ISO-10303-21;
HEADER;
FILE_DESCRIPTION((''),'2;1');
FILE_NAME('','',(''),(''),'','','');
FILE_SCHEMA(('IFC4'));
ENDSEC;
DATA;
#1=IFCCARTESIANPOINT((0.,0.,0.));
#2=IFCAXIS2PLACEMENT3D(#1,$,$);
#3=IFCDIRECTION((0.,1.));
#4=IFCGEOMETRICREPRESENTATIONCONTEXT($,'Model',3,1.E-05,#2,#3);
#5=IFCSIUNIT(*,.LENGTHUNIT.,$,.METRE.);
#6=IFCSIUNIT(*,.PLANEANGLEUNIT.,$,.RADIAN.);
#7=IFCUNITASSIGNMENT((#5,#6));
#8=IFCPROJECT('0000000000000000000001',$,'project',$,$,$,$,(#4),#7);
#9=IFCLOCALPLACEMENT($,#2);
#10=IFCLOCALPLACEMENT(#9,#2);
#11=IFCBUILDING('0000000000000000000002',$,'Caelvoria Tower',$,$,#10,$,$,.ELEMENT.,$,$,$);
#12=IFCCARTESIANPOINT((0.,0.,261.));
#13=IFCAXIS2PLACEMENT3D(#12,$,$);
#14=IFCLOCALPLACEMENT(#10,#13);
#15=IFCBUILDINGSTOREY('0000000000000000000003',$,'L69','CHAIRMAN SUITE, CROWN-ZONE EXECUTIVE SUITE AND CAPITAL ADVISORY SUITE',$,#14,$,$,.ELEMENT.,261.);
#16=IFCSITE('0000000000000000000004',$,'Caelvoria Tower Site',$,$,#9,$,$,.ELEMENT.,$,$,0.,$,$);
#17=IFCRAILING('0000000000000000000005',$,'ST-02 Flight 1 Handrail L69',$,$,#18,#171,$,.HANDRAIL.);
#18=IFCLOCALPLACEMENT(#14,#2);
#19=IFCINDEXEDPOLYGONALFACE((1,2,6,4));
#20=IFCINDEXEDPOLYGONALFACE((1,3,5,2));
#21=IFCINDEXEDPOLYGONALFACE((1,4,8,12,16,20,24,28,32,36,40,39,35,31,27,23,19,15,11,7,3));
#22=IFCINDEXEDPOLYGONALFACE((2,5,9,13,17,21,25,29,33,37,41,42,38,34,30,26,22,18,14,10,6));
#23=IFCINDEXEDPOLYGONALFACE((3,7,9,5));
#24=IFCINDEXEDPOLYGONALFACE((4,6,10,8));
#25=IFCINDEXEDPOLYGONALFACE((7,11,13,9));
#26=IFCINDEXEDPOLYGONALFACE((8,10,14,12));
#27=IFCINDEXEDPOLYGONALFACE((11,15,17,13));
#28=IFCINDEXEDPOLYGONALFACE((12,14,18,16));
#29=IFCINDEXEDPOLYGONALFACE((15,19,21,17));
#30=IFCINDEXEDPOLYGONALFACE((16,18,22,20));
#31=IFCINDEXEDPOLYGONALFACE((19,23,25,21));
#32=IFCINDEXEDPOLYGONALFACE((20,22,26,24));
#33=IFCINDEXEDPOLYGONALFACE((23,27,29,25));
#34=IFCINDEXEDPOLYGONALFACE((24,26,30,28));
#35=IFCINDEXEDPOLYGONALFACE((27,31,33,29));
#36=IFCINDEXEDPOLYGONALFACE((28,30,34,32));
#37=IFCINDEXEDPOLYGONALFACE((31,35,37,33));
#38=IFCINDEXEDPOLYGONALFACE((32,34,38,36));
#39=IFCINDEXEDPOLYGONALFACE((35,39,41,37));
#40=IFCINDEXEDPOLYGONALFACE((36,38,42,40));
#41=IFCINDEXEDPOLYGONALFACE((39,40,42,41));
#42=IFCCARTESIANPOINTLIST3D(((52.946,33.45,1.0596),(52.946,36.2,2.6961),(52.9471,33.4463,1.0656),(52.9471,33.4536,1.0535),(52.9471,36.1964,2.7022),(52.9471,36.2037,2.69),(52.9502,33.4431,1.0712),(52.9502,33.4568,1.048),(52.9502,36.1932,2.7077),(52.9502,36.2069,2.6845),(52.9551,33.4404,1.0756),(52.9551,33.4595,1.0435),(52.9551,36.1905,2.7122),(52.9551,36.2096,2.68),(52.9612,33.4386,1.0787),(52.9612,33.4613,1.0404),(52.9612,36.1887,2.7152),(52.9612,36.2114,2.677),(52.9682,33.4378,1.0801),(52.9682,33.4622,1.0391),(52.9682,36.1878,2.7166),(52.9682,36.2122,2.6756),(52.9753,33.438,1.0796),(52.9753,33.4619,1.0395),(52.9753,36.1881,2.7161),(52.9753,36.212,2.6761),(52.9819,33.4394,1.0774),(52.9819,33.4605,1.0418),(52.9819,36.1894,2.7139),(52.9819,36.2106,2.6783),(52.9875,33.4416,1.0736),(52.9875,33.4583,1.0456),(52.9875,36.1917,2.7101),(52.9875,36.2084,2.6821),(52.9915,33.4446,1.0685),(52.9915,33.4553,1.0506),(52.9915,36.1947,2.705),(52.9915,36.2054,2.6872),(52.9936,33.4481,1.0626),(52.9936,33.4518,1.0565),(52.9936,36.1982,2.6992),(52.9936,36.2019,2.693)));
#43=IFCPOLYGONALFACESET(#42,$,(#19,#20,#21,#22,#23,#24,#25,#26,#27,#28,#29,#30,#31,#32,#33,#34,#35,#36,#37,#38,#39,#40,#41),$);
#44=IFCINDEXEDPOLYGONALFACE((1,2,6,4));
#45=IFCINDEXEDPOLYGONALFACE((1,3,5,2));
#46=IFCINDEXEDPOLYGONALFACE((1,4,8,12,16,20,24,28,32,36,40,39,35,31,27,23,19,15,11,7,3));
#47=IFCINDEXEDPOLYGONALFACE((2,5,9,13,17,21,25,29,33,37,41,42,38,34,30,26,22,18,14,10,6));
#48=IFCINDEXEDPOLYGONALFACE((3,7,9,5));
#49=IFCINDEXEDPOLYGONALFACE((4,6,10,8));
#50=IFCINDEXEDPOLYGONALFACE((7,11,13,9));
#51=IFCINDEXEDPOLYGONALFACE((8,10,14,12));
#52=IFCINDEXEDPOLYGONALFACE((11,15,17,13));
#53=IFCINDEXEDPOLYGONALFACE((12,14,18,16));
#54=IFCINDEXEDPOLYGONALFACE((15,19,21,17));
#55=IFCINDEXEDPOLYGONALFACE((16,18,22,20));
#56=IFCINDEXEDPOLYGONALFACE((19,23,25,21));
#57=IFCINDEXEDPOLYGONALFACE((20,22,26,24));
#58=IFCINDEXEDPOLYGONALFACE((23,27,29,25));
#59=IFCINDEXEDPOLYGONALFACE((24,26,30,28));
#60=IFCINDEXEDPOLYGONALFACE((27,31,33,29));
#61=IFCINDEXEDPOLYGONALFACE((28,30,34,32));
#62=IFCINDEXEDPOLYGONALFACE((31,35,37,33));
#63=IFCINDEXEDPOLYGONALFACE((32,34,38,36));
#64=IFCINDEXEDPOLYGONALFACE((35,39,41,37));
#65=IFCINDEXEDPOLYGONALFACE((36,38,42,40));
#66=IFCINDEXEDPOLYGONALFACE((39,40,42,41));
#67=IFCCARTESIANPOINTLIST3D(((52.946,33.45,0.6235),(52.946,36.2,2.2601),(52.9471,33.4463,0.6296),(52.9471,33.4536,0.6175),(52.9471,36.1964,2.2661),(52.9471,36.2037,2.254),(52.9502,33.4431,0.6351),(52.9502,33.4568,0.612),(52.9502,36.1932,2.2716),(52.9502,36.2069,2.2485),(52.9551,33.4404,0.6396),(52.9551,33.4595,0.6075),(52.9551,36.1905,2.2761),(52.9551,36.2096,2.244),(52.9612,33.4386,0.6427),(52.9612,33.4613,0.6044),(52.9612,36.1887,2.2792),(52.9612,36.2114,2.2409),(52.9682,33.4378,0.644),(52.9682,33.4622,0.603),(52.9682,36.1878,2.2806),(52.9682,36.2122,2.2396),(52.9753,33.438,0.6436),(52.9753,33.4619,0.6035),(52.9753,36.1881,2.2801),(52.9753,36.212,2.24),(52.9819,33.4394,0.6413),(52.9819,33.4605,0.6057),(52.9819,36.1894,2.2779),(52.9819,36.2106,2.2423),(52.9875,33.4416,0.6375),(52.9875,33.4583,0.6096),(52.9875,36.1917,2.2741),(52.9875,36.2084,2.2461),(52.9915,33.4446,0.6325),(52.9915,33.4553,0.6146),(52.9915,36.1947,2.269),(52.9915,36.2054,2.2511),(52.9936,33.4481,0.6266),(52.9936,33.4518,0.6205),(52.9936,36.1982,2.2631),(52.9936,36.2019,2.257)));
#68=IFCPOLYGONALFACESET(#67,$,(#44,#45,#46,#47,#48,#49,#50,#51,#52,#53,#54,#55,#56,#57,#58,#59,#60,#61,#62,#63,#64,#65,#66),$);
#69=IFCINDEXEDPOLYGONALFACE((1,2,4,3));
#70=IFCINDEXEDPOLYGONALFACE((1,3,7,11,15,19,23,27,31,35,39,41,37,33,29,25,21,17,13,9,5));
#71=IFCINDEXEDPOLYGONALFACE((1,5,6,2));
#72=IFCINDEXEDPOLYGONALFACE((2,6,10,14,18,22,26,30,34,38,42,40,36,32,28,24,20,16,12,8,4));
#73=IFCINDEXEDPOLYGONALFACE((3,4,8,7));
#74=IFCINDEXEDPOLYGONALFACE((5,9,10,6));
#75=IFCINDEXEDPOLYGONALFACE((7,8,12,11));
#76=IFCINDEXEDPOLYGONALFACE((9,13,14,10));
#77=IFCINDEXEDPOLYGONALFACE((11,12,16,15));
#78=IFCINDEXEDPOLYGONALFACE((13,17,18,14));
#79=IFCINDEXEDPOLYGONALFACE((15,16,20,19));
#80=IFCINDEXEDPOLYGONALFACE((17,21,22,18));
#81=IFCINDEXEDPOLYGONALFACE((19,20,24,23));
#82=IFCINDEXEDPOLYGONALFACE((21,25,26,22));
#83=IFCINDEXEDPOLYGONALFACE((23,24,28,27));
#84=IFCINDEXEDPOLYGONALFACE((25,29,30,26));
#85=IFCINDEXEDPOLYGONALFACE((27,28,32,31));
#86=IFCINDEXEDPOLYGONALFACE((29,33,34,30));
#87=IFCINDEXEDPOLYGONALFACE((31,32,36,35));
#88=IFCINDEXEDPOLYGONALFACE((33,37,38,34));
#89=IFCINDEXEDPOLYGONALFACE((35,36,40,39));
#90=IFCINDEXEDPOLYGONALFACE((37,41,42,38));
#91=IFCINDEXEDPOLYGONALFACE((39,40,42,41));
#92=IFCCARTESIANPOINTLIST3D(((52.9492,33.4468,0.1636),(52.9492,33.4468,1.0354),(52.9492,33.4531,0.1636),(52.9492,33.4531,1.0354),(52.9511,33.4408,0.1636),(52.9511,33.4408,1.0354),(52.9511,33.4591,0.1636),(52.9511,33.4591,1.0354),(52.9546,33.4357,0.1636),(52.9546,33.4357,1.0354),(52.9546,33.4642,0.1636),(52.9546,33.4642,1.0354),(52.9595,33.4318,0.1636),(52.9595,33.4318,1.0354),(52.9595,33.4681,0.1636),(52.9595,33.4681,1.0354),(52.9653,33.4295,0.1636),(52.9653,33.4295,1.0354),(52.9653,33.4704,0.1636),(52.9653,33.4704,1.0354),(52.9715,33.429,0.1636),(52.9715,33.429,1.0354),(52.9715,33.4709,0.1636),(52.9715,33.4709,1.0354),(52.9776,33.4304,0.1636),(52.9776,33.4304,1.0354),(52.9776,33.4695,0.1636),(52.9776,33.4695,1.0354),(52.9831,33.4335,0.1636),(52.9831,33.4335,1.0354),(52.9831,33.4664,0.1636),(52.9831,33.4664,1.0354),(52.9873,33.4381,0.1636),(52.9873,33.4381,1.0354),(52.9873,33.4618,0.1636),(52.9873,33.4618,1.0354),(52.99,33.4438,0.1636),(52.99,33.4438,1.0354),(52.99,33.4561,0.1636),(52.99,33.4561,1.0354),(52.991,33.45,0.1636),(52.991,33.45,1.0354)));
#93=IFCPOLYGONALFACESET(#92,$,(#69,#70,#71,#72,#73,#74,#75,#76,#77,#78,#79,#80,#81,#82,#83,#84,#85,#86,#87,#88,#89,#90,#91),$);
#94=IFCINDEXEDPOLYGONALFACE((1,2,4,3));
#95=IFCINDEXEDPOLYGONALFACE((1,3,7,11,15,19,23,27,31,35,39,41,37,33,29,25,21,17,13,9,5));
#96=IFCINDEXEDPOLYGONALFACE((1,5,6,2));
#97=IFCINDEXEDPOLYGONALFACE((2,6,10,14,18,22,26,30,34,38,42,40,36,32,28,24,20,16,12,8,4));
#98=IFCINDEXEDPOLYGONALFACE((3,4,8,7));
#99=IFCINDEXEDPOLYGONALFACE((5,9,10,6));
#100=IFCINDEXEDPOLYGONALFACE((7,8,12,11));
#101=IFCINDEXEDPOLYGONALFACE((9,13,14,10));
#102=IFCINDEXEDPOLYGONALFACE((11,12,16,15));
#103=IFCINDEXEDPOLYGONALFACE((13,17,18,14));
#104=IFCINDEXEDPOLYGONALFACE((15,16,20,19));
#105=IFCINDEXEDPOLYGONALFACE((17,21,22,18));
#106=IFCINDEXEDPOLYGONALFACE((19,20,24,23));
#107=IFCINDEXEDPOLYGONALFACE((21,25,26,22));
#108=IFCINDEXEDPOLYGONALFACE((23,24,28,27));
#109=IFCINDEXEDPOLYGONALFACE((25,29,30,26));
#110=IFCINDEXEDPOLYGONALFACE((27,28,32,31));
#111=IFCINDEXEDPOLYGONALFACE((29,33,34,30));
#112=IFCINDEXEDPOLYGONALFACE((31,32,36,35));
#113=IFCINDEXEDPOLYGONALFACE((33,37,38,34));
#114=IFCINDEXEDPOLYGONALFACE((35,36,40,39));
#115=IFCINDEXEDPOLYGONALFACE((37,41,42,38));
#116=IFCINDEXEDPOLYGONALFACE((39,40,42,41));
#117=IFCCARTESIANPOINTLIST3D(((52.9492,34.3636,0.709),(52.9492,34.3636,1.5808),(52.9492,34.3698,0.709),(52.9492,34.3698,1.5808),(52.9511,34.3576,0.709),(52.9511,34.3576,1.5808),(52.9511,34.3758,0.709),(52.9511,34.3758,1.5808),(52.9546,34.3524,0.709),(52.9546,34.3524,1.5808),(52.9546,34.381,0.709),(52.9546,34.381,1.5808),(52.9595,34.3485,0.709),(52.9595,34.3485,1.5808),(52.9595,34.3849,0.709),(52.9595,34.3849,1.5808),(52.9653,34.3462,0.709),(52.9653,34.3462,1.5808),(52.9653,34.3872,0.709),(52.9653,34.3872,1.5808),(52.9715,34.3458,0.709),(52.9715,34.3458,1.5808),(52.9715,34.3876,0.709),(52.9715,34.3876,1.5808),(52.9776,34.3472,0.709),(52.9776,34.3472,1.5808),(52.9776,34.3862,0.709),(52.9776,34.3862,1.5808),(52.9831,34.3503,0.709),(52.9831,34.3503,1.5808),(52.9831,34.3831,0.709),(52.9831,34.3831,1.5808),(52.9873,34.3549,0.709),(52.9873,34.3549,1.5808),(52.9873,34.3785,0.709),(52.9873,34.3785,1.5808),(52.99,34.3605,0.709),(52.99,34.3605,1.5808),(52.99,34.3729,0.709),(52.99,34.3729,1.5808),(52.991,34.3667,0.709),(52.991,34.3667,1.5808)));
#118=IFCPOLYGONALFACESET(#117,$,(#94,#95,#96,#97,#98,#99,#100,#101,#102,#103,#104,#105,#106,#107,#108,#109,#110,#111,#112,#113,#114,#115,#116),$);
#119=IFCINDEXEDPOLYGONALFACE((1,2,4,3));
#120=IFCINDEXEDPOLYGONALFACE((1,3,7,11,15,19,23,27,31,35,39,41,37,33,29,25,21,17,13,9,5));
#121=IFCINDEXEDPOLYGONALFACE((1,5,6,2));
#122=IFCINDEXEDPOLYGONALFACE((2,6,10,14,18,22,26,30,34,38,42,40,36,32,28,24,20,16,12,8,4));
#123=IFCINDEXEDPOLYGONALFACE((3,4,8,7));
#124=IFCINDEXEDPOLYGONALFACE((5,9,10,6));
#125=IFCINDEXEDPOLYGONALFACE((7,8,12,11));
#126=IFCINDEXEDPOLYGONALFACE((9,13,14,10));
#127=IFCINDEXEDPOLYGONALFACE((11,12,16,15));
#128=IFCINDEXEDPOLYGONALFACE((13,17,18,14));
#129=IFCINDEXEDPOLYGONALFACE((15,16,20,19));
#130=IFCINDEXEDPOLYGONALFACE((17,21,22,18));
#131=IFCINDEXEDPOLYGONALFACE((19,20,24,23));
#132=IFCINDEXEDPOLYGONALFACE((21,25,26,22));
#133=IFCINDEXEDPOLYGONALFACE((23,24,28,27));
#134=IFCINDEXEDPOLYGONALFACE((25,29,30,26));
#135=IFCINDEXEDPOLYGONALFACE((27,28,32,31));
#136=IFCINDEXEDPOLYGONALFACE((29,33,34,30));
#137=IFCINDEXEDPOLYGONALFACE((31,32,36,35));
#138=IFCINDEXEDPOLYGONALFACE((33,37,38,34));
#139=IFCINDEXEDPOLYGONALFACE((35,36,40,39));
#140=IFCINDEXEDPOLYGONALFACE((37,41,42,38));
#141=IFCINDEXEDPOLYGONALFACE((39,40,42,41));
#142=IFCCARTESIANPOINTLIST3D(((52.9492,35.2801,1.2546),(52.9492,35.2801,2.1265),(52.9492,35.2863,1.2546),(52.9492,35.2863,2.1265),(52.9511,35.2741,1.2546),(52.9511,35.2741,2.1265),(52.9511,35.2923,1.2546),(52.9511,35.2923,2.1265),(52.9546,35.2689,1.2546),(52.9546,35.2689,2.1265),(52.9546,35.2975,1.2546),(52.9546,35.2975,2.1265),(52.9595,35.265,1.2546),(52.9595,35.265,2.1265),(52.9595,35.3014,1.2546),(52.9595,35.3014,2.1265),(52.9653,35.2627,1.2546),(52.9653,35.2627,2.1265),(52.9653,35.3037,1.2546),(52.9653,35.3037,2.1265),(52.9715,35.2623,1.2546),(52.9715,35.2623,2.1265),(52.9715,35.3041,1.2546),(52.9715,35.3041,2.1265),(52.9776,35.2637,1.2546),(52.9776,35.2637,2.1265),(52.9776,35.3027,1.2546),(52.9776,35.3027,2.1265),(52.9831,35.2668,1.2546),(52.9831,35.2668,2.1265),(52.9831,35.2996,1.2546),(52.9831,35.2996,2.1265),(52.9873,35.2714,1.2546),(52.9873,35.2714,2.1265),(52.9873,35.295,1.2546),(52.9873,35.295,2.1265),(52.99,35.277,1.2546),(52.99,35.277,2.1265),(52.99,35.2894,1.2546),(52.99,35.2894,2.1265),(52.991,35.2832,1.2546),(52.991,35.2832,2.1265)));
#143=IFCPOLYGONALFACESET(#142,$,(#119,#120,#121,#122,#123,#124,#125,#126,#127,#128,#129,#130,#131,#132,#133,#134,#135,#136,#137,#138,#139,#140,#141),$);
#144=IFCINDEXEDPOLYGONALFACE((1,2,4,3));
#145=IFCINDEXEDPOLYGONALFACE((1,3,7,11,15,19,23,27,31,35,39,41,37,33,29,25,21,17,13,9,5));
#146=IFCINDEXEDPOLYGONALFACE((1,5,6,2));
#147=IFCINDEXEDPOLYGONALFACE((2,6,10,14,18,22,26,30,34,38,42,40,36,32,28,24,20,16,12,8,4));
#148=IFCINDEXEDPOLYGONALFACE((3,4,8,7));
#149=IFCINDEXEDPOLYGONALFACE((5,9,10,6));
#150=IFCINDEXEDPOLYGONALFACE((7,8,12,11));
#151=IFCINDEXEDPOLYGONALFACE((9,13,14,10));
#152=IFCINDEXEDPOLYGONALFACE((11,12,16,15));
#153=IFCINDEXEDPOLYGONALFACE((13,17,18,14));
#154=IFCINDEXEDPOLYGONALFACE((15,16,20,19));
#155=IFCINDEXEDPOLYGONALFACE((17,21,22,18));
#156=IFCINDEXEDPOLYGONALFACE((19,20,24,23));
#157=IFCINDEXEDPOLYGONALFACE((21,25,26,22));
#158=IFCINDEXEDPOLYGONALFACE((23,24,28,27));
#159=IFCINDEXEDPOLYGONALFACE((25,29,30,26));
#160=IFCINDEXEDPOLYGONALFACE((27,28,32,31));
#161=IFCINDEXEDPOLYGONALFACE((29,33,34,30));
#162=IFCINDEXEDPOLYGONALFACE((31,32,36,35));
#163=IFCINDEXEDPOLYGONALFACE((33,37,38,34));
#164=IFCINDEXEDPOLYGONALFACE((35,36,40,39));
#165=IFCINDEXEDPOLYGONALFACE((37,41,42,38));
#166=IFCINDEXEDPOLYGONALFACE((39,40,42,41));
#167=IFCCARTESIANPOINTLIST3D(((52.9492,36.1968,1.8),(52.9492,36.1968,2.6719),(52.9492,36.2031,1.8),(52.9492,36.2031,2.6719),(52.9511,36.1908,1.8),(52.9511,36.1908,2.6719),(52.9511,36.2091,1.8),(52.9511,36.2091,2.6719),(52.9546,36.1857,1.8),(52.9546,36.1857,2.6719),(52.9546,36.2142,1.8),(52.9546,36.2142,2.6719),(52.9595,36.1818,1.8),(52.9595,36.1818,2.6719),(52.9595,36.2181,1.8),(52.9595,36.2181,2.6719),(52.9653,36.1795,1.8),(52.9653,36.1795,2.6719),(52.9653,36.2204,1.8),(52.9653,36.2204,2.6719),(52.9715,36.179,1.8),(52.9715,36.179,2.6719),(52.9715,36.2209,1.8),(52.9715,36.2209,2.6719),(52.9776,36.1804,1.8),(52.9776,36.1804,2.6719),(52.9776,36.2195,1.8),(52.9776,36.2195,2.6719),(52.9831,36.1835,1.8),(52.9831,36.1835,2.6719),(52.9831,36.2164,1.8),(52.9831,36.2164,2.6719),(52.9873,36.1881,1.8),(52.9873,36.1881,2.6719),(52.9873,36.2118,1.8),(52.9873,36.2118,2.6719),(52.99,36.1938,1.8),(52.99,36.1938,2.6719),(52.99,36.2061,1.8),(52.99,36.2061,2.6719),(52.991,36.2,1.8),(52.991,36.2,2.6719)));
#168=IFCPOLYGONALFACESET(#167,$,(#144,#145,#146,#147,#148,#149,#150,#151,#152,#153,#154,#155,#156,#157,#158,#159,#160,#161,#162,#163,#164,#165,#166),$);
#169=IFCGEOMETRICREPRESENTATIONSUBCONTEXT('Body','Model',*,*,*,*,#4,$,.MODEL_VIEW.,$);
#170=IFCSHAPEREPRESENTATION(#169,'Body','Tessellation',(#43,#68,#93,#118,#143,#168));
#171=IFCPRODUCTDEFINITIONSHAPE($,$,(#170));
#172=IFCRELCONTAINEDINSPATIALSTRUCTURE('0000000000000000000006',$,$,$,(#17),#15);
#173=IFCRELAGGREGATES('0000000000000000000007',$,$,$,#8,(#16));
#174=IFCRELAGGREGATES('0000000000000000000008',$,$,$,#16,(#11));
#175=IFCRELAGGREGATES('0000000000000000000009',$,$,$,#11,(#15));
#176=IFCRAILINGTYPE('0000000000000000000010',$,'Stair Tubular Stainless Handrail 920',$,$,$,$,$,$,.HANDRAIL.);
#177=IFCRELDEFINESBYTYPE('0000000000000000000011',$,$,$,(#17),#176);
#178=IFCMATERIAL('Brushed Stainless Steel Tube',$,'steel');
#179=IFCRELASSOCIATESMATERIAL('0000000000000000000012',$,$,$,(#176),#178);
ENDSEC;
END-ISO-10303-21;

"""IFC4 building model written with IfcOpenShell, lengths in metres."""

from ifc_helpers import new_model, si_unit, direction, frame, origin, origin_2d, place, context, subcontext, project, spatial, circle, extrude, material, type_object, element, save


model = new_model("IFC4")

# Units and contexts
model_context = context("Model", 3, precision=1e-05, world=origin(), true_north=direction((0.0, 1.0)))
body_context = subcontext(model_context, "Body", "Model", "MODEL_VIEW")
ifc_project = project(units=[si_unit("LENGTHUNIT", "METRE"), si_unit("PLANEANGLEUNIT", "RADIAN")], contexts=[model_context])

# Site, building, storey
site_placement = place(None, origin())
site = spatial("IfcSite", under=ifc_project, at=site_placement, Name="Caelvoria Tower Site", CompositionType="ELEMENT", RefElevation=0.0)
building_placement = place(site_placement, origin())
building = spatial("IfcBuilding", under=site, at=building_placement, Name="Caelvoria Tower", CompositionType="ELEMENT")
storey_placement = place(building_placement, frame((0.0, 0.0, 261.0)))
storey = spatial("IfcBuildingStorey", under=building, at=storey_placement, Name="L69", Description="CHAIRMAN SUITE, CROWN-ZONE EXECUTIVE SUITE AND CAPITAL ADVISORY SUITE", CompositionType="ELEMENT", Elevation=261.0)

# Railing
ifc_material_1 = material(Name="Brushed Stainless Steel Tube", Category="steel")
railing_type_1 = type_object("IfcRailingType", Name="Stair Tubular Stainless Handrail 920", PredefinedType="HANDRAIL", material=ifc_material_1)
railing_1_placement = place(storey_placement, frame((52.97, 33.45, 0.1636)))
element("IfcRailing", 1, at=railing_1_placement, inside=storey, type_object=railing_type_1, Name="ST-02 Flight 1 Handrail L69", PredefinedType="HANDRAIL", context=body_context, shape_type="SweptSolid", body=[
    extrude(circle(Radius=0.0239, at=origin_2d()), frame((0.0, 0.0, 0.896), z_axis=(0.0, 0.859352, 0.511385), x_axis=(-1.0, 0.0, 0.0)), (0.0, 0.0, 1.0), 3.2002),
    extrude(circle(Radius=0.0239, at=origin_2d()), frame((0.0, 0.0, 0.46), z_axis=(0.0, 0.859352, 0.511385), x_axis=(-1.0, 0.0, 0.0)), (0.0, 0.0, 1.0), 3.2002),
    extrude(circle(Radius=0.021, at=origin_2d()), origin(), (0.0, 0.0, 1.0), 0.8718),
    extrude(circle(Radius=0.021, at=origin_2d()), frame((0.0, 0.9167, 0.5454)), (0.0, 0.0, 1.0), 0.8718),
    extrude(circle(Radius=0.021, at=origin_2d()), frame((0.0, 1.8333, 1.0911)), (0.0, 0.0, 1.0), 0.8718),
    extrude(circle(Radius=0.021, at=origin_2d()), frame((0.0, 2.75, 1.6365)), (0.0, 0.0, 1.0), 0.8718),
])

save(model, "model.ifc")
